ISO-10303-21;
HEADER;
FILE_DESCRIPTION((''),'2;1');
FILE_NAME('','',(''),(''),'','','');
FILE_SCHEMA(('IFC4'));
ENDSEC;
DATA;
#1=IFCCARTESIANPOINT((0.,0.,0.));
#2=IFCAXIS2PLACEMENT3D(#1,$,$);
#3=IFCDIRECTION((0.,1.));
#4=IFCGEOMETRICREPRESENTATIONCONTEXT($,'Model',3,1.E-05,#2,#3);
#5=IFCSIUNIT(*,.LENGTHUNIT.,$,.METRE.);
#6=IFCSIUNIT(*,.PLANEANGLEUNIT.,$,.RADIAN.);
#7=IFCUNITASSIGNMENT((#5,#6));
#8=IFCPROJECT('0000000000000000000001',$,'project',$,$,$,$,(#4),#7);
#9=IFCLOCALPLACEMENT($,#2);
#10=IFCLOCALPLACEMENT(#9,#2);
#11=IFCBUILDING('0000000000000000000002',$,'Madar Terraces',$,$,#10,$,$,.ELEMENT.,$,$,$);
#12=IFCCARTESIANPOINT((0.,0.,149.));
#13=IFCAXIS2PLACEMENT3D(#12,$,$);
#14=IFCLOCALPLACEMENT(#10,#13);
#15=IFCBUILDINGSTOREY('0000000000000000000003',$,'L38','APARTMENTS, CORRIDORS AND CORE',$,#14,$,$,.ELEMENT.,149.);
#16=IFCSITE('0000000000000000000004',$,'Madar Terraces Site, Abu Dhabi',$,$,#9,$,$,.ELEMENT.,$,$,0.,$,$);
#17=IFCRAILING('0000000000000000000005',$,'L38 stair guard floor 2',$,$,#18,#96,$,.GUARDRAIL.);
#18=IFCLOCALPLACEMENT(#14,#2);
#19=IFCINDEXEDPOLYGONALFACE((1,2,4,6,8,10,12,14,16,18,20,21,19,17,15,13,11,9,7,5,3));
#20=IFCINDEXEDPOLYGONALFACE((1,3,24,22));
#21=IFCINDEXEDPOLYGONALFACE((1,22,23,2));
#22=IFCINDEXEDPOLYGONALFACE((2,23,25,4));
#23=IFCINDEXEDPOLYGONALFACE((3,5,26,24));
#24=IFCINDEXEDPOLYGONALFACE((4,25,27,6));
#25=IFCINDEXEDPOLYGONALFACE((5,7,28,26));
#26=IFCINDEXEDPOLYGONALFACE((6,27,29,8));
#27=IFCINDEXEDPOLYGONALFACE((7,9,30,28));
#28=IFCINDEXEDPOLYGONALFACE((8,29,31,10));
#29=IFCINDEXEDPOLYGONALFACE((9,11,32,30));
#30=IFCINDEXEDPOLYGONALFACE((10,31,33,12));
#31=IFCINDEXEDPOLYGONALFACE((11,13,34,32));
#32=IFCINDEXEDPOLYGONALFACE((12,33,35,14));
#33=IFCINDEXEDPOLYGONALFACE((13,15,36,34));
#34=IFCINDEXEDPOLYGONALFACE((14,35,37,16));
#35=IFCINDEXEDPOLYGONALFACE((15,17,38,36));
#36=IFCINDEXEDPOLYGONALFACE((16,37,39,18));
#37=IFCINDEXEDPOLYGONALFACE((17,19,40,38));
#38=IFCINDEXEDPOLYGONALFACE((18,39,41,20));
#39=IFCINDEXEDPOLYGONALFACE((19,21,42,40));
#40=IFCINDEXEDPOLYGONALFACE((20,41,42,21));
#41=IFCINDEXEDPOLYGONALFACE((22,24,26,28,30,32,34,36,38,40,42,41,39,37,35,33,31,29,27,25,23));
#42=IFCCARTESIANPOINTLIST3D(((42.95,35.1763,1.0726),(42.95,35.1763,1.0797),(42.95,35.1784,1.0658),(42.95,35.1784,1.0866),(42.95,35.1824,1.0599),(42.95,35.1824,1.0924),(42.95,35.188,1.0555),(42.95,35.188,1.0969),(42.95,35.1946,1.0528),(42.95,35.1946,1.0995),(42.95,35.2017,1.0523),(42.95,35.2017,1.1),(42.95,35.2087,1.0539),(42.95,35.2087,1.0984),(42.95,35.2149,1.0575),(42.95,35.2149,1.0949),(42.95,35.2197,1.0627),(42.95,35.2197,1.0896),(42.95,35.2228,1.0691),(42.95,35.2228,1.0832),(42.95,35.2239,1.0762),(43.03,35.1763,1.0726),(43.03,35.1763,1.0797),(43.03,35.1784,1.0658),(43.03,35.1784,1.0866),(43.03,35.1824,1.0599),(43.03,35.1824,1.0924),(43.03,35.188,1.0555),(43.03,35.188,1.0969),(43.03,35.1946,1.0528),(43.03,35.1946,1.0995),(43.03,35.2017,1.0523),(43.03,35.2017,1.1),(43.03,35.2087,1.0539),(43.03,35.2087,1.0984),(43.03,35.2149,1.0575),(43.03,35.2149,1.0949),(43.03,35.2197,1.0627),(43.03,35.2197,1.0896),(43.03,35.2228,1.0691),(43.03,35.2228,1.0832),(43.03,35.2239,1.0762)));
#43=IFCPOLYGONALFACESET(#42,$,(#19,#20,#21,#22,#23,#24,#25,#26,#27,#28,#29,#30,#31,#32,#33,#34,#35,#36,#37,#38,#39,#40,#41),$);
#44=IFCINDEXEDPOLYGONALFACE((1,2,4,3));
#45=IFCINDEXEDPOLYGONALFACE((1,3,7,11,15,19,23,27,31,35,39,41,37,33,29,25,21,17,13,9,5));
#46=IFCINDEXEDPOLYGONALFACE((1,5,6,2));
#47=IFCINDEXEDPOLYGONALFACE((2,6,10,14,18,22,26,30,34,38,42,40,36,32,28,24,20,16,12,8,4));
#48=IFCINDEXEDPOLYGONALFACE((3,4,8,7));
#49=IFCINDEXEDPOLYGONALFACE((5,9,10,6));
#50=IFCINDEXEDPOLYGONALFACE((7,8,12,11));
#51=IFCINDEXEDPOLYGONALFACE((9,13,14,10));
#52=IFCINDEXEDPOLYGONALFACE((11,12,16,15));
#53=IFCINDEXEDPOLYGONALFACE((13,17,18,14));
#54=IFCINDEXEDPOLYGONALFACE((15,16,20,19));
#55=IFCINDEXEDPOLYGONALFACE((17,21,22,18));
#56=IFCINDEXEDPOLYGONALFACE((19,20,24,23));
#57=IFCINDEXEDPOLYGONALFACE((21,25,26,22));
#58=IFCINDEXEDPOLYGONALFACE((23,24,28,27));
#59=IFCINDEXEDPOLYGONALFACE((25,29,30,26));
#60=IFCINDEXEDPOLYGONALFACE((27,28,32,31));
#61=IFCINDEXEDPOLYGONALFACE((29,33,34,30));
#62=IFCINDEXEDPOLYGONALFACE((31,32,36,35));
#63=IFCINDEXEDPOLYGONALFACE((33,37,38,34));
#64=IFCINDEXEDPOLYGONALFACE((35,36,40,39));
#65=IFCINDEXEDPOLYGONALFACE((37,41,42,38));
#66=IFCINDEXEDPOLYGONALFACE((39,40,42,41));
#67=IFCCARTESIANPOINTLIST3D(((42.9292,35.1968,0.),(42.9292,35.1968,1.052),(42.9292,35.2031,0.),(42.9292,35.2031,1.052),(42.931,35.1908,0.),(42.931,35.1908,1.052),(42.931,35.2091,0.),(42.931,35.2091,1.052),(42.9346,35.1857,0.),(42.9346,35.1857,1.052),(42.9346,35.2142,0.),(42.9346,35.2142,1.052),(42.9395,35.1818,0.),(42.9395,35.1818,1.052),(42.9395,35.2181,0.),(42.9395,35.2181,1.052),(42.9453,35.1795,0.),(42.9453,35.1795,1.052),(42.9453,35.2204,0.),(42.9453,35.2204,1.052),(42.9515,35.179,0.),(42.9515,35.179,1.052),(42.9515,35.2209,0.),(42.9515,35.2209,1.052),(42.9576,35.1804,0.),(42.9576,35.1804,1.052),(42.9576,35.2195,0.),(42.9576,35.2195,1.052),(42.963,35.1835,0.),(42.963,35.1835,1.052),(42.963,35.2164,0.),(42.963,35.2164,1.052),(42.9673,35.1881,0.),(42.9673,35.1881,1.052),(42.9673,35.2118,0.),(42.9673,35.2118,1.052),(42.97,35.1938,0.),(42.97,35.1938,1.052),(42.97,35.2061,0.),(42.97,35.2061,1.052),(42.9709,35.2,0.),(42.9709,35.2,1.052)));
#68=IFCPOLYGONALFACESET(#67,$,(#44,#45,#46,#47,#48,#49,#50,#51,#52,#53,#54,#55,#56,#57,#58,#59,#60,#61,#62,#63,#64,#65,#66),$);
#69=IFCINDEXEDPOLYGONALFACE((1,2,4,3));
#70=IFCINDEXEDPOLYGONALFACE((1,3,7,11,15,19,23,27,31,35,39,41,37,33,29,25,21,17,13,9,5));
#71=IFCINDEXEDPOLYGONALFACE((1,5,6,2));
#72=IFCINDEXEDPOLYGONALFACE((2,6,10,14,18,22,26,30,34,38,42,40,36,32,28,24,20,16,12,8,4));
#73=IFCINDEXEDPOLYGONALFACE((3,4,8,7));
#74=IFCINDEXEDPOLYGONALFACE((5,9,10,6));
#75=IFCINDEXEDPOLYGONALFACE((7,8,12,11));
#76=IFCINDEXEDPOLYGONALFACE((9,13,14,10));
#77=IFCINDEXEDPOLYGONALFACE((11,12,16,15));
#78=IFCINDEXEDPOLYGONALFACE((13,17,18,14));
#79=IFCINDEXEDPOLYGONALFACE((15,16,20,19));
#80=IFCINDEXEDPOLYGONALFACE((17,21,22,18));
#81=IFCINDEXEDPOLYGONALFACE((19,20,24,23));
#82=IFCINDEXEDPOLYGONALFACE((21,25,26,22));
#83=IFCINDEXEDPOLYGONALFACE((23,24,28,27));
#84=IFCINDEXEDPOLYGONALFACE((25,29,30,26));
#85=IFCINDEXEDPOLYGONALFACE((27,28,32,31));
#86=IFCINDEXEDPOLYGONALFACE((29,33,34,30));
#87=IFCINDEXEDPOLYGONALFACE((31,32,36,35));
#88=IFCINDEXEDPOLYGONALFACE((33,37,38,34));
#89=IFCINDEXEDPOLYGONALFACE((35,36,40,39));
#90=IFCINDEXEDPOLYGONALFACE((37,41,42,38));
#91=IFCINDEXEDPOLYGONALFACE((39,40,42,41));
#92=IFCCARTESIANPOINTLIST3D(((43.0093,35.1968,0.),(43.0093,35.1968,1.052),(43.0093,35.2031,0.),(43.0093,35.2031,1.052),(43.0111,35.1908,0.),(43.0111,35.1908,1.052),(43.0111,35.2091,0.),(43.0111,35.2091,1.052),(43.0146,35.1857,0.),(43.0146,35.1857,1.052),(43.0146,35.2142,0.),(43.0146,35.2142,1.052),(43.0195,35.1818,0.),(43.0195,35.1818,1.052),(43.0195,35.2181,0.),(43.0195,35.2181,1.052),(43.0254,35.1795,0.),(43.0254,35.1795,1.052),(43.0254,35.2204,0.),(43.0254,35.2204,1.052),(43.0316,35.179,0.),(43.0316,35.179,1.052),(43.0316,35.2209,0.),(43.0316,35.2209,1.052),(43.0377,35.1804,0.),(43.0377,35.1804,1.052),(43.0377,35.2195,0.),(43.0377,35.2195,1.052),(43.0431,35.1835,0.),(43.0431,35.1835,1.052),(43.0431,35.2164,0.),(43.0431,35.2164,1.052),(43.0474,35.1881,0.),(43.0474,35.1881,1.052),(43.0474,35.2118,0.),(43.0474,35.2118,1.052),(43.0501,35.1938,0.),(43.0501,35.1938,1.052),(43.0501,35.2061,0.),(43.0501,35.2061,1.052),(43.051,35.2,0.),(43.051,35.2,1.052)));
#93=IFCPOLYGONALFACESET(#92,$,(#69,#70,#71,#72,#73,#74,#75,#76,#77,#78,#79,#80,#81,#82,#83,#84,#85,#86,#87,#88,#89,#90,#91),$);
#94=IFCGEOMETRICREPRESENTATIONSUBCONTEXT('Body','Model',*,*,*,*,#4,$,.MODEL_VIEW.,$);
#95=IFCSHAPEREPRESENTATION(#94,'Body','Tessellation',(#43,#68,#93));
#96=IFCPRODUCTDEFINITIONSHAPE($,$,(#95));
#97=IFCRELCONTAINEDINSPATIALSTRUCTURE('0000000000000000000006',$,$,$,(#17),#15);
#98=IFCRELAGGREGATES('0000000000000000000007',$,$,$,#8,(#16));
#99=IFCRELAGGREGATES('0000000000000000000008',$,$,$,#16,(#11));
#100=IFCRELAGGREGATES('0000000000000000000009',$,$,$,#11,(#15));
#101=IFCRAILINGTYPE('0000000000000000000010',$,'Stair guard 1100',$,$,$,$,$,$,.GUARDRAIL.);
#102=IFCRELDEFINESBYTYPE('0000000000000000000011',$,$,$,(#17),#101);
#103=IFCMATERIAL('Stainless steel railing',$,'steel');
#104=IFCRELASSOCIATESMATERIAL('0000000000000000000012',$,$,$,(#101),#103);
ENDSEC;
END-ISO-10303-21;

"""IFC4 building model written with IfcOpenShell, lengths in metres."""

from ifc_helpers import new_model, si_unit, direction, frame, origin, origin_2d, place, context, subcontext, project, spatial, circle, extrude, material, type_object, element, save


model = new_model("IFC4")

# Units and contexts
model_context = context("Model", 3, precision=1e-05, world=origin(), true_north=direction((0.0, 1.0)))
body_context = subcontext(model_context, "Body", "Model", "MODEL_VIEW")
ifc_project = project(units=[si_unit("LENGTHUNIT", "METRE"), si_unit("PLANEANGLEUNIT", "RADIAN")], contexts=[model_context])

# Site, building, storey
site_placement = place(None, origin())
site = spatial("IfcSite", under=ifc_project, at=site_placement, Name="Madar Terraces Site, Abu Dhabi", CompositionType="ELEMENT", RefElevation=0.0)
building_placement = place(site_placement, origin())
building = spatial("IfcBuilding", under=site, at=building_placement, Name="Madar Terraces", CompositionType="ELEMENT")
storey_placement = place(building_placement, frame((0.0, 0.0, 149.0)))
storey = spatial("IfcBuildingStorey", under=building, at=storey_placement, Name="L38", Description="APARTMENTS, CORRIDORS AND CORE", CompositionType="ELEMENT", Elevation=149.0)

# Railing
ifc_material_1 = material(Name="Stainless steel railing", Category="steel")
railing_type_1 = type_object("IfcRailingType", Name="Stair guard 1100", PredefinedType="GUARDRAIL", material=ifc_material_1)
railing_1_placement = place(storey_placement, frame((42.95, 35.2, 0.0)))
element("IfcRailing", 1, at=railing_1_placement, inside=storey, type_object=railing_type_1, Name="L38 stair guard floor 2", PredefinedType="GUARDRAIL", context=body_context, shape_type="SweptSolid", body=[
    extrude(circle(Radius=0.0239, at=origin_2d()), frame((0.0, 0.0, 1.0762), z_axis=(1.0, 0.0, 0.0), x_axis=(0.0, 1.0, 0.0)), (0.0, 0.0, 1.0), 0.0801),
    extrude(circle(Radius=0.021, at=origin_2d()), origin(), (0.0, 0.0, 1.0), 1.052),
    extrude(circle(Radius=0.021, at=origin_2d()), frame((0.0801, 0.0, 0.0)), (0.0, 0.0, 1.0), 1.052),
])

save(model, "model.ifc")
